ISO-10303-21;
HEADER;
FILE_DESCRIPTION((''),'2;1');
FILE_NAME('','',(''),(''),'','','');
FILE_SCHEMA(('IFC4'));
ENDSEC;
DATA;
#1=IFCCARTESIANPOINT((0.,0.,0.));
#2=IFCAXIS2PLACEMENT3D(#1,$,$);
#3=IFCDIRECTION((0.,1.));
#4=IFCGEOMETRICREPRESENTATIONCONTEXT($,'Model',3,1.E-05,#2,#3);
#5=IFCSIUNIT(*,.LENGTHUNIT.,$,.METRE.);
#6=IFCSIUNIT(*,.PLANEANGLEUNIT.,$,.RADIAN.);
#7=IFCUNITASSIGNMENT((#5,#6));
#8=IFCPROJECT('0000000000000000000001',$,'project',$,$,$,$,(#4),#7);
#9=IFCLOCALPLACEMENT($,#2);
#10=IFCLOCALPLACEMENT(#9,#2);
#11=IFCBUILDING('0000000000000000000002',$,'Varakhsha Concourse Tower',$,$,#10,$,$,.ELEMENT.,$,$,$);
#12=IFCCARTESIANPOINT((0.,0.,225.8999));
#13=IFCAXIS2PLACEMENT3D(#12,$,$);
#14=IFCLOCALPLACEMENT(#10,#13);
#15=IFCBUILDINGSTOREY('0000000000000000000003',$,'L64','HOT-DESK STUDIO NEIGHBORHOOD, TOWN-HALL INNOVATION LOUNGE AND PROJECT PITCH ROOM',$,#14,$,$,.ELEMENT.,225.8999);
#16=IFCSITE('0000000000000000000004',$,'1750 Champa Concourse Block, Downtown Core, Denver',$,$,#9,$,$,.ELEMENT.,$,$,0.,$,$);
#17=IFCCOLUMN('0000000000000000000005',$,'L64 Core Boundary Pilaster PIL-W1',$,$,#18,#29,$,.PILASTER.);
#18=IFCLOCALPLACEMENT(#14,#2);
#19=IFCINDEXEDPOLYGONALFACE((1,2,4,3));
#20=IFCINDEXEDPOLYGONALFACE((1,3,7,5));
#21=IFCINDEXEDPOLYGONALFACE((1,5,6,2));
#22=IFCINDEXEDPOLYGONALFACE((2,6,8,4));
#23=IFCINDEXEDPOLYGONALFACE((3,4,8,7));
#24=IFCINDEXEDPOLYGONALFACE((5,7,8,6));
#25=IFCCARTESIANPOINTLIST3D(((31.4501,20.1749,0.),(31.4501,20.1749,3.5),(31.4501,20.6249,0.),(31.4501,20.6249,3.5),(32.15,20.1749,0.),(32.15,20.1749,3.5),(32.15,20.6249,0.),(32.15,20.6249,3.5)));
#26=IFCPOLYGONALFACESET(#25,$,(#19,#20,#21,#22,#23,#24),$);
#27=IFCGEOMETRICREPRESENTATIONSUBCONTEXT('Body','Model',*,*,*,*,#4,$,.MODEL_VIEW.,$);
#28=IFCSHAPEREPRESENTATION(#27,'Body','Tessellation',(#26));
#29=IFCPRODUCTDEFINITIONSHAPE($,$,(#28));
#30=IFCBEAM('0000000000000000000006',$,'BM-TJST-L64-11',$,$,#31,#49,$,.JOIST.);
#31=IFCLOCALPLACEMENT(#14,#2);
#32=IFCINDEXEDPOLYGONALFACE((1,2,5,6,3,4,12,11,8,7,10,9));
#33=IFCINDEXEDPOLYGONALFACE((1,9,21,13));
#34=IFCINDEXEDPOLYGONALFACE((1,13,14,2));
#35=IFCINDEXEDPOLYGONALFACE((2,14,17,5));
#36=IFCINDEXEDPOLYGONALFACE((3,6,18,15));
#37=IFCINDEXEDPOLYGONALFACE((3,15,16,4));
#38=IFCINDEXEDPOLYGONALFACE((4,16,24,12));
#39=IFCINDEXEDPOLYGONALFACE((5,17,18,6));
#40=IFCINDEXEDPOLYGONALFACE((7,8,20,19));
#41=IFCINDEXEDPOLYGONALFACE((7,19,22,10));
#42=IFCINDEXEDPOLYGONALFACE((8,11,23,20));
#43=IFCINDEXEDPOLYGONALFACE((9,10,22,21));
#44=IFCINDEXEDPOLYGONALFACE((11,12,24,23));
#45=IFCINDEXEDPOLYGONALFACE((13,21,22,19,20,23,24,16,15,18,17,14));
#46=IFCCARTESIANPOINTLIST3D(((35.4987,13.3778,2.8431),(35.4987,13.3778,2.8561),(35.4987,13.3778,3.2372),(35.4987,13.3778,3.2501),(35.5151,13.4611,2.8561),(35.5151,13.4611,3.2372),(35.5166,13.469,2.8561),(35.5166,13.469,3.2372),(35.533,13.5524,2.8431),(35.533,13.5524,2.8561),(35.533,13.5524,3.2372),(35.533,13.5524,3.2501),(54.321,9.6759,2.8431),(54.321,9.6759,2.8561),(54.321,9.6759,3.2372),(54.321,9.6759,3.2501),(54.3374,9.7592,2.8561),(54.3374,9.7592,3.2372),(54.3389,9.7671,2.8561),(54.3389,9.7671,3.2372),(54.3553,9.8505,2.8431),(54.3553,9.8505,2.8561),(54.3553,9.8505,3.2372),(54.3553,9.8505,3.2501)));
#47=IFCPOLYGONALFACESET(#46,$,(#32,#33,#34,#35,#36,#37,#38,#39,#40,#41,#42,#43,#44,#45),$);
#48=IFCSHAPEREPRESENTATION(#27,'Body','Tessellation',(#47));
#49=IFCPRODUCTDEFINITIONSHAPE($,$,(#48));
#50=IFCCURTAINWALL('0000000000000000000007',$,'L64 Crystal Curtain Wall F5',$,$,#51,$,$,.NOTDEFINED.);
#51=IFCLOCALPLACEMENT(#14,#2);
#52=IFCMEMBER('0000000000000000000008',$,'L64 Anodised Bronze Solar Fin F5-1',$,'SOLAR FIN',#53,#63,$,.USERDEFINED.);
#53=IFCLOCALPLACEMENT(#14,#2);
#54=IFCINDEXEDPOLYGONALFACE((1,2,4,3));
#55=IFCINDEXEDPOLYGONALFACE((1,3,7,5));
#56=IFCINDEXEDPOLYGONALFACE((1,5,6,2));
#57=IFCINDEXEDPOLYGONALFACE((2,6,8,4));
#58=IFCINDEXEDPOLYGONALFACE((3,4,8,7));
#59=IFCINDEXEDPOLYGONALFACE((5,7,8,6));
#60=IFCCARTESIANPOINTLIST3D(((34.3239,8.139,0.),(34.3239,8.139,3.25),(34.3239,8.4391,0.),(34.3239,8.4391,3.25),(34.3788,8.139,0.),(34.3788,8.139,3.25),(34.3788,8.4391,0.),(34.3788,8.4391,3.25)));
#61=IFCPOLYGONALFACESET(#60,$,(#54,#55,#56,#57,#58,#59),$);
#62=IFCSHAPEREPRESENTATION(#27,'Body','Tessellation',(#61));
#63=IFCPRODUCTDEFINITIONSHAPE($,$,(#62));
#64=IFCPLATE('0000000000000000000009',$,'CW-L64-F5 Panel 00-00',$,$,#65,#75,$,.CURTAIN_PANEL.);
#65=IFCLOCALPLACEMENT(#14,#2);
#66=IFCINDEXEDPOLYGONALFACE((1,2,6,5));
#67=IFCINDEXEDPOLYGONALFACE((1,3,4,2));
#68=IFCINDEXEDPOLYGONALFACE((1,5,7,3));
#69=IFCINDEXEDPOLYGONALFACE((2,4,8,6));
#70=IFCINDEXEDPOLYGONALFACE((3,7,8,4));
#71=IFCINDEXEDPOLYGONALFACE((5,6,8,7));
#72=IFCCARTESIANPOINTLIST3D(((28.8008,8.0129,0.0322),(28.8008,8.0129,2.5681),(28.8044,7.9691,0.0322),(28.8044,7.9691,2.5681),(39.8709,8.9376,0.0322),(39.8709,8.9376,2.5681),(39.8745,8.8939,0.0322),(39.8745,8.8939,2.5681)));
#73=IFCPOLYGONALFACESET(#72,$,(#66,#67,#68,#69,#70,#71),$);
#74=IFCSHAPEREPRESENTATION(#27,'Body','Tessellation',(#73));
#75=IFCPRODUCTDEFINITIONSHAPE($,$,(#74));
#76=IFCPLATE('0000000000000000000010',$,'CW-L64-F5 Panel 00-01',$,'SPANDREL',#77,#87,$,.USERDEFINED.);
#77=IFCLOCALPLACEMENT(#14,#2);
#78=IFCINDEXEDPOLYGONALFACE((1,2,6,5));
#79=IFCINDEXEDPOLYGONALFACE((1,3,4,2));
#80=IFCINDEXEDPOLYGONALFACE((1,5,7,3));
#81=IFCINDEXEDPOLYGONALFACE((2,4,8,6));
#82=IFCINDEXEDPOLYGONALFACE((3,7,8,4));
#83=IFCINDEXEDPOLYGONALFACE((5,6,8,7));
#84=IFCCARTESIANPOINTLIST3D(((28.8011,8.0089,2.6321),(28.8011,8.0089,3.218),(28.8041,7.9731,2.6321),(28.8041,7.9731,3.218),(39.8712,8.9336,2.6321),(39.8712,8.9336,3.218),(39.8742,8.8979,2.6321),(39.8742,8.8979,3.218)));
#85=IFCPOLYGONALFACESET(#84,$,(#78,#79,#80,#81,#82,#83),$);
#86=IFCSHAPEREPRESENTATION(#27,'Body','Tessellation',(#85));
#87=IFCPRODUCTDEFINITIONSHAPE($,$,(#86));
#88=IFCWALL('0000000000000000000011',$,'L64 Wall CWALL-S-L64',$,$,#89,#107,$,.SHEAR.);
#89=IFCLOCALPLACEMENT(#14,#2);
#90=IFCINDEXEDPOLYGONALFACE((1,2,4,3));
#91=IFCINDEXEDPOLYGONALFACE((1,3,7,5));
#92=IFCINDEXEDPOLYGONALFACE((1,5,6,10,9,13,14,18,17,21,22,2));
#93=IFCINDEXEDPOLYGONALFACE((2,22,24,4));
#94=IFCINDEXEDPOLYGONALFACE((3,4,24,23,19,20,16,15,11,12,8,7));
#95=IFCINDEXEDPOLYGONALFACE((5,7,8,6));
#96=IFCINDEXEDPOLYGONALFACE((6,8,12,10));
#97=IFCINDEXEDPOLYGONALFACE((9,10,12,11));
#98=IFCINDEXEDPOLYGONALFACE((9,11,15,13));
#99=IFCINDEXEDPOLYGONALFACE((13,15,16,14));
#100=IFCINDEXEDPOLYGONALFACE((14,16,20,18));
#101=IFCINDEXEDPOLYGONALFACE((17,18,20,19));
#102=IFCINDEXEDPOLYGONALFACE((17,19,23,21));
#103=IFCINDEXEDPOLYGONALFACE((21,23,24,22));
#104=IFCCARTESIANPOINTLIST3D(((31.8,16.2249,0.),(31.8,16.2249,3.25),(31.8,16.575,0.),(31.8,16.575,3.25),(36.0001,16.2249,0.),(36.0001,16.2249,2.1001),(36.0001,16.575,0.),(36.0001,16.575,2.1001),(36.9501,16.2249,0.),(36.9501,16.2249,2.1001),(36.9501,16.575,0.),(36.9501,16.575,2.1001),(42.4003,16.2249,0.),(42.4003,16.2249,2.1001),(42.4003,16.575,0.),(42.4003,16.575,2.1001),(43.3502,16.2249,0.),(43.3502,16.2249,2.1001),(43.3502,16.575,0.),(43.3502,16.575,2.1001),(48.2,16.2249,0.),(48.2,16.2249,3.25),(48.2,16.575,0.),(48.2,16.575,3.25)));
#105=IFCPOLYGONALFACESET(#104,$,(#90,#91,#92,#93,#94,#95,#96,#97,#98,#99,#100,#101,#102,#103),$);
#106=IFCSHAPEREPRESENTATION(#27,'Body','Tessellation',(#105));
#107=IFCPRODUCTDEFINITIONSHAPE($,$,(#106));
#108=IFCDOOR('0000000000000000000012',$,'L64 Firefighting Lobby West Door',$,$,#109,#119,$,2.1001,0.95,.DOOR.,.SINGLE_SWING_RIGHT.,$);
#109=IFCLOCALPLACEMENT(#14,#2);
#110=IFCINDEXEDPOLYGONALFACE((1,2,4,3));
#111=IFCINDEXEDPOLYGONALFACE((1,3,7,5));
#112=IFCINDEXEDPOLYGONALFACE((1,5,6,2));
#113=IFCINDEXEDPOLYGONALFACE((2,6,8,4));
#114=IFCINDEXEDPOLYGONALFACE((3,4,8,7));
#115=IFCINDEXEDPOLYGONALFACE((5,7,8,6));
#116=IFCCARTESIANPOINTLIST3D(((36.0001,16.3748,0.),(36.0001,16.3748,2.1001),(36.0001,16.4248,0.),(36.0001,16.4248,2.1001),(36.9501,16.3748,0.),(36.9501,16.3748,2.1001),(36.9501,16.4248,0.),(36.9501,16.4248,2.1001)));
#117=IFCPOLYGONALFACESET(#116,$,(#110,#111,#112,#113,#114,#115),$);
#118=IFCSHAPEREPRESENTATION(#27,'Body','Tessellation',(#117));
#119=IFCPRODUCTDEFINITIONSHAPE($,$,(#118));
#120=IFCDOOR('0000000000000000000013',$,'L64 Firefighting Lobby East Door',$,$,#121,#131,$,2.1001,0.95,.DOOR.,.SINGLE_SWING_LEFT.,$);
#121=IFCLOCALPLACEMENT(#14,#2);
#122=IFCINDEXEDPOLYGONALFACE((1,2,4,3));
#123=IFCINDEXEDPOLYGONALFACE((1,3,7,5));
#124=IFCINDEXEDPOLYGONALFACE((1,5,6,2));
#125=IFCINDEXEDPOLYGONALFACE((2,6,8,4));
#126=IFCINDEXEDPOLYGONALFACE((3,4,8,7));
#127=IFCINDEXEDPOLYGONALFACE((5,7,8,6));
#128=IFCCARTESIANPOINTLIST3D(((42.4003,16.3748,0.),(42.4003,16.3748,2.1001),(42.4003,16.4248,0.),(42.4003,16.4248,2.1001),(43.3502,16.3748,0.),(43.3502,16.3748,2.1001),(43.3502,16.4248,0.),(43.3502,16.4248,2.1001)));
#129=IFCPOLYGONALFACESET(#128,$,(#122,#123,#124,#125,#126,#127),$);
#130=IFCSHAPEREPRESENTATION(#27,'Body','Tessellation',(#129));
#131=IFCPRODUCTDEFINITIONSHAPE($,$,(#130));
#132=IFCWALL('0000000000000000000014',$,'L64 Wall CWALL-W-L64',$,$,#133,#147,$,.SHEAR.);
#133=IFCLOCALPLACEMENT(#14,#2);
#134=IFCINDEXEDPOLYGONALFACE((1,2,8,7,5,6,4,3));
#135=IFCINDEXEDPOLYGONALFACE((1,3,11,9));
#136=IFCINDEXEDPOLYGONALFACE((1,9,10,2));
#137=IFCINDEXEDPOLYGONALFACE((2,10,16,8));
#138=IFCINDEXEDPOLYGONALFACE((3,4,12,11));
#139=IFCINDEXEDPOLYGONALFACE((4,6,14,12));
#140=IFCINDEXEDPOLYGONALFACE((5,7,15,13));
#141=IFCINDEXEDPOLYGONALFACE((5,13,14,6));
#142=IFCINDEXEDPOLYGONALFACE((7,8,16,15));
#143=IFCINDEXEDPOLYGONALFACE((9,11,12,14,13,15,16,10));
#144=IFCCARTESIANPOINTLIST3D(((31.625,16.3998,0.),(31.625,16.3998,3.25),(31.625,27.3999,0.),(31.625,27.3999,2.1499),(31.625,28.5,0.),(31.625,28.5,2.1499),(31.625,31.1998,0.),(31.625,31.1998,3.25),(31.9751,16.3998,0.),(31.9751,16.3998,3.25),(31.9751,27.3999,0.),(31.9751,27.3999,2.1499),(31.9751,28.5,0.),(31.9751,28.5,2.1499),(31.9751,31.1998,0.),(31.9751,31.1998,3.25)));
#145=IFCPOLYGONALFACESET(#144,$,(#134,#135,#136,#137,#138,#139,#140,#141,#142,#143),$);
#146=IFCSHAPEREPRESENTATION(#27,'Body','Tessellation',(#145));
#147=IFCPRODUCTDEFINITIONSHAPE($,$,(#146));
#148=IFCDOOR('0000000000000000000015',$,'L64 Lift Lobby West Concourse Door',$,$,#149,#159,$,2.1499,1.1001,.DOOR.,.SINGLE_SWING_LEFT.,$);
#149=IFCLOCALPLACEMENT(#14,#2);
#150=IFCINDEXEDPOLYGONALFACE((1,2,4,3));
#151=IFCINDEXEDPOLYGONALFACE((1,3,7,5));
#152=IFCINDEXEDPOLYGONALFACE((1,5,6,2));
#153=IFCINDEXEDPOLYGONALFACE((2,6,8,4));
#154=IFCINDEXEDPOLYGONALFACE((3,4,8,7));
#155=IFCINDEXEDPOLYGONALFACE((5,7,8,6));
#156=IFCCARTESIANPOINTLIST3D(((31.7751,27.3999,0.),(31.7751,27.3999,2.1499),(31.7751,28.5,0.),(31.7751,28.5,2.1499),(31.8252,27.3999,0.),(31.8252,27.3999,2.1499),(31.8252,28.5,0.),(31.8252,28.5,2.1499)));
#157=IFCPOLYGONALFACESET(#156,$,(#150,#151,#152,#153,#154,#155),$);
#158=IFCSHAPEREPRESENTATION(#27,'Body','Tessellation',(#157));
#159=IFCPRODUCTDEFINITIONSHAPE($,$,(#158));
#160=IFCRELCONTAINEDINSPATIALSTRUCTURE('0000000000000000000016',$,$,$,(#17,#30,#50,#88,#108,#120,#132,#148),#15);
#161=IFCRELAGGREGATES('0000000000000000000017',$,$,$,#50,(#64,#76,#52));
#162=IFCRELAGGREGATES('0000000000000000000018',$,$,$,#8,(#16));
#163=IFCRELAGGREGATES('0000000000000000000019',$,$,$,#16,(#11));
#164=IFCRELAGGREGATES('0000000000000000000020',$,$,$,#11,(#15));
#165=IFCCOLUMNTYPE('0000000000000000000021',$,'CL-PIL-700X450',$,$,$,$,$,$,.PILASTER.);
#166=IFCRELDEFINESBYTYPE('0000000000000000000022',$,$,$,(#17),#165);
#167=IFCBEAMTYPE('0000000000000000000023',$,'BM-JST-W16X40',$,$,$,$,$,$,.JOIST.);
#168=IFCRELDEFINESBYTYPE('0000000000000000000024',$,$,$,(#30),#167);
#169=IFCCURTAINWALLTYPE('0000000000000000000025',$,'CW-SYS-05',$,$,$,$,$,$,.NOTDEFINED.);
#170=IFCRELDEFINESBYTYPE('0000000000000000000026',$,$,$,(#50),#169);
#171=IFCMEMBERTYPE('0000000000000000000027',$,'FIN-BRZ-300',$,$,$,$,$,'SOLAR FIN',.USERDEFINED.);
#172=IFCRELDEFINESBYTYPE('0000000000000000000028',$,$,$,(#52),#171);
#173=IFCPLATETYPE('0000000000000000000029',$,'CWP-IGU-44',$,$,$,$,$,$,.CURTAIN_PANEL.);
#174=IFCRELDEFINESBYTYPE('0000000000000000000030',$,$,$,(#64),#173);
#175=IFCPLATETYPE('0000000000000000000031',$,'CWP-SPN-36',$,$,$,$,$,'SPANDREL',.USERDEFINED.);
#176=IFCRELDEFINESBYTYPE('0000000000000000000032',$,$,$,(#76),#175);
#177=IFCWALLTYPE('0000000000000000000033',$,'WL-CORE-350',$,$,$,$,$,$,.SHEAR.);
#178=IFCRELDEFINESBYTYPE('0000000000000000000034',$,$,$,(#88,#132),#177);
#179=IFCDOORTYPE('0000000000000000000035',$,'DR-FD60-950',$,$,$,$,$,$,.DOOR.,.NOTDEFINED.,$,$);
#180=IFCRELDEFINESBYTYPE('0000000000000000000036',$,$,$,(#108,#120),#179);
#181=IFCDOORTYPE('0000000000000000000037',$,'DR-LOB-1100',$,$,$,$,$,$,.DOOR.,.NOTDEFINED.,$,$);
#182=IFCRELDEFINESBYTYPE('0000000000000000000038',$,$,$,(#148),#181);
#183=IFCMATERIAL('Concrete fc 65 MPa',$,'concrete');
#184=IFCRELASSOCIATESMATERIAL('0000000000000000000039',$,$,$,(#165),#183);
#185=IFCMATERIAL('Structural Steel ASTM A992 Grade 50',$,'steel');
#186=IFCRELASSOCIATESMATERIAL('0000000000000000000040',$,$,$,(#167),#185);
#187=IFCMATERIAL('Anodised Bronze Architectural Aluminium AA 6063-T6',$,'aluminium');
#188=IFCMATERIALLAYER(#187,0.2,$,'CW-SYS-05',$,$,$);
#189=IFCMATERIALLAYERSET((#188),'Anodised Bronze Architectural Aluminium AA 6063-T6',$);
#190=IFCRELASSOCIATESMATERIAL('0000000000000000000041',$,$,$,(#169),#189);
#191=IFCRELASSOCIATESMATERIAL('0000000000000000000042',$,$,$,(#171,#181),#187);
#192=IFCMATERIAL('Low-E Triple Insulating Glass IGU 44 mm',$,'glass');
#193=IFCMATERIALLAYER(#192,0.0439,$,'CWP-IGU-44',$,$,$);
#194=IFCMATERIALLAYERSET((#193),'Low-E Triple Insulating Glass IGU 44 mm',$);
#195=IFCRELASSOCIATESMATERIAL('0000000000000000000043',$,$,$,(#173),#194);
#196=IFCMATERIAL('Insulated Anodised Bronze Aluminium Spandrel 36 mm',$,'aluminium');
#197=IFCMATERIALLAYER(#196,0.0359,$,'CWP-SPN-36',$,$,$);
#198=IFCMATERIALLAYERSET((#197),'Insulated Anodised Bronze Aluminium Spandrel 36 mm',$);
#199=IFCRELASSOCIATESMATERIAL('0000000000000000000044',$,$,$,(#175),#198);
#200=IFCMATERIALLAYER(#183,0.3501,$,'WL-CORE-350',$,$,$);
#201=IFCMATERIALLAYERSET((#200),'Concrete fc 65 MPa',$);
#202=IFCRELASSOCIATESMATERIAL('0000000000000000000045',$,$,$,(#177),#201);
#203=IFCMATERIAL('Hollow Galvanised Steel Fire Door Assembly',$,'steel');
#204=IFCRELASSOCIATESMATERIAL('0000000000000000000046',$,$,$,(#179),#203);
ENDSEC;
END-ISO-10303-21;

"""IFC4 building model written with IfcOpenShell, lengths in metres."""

from ifc_helpers import new_model, si_unit, direction, frame, frame_2d, origin, origin_2d, place, context, subcontext, project, spatial, rectangle, i_section, extrude, source, transform, mapped, material, layer, layer_set, material_profile, profile_set, type_object, type_shapes, element, fill, aggregate, save


model = new_model("IFC4")

# Units and contexts
model_context = context("Model", 3, precision=1e-05, world=origin(), true_north=direction((0.0, 1.0)))
body_context = subcontext(model_context, "Body", "Model", "MODEL_VIEW")
ifc_project = project(units=[si_unit("LENGTHUNIT", "METRE"), si_unit("PLANEANGLEUNIT", "RADIAN")], contexts=[model_context])

# Site, building, storey
site_placement = place(None, origin())
site = spatial("IfcSite", under=ifc_project, at=site_placement, Name="1750 Champa Concourse Block, Downtown Core, Denver", CompositionType="ELEMENT", RefElevation=0.0)
building_placement = place(site_placement, origin())
building = spatial("IfcBuilding", under=site, at=building_placement, Name="Varakhsha Concourse Tower", CompositionType="ELEMENT")
storey_placement = place(building_placement, frame((0.0, 0.0, 225.8999)))
storey = spatial("IfcBuildingStorey", under=building, at=storey_placement, Name="L64", Description="HOT-DESK STUDIO NEIGHBORHOOD, TOWN-HALL INNOVATION LOUNGE AND PROJECT PITCH ROOM", CompositionType="ELEMENT", Elevation=225.8999)

# Column
ifc_material_1 = material(Name="Concrete fc 65 MPa", Category="concrete")
ifc_material_profile_1 = material_profile(ifc_material_1, rectangle(XDim=0.7, YDim=0.45, at=origin_2d()), Name="RC 700x450")
ifc_profile_set_1 = profile_set([ifc_material_profile_1], Name="Concrete fc 65 MPa")
column_type = type_object("IfcColumnType", Name="CL-PIL-700X450", PredefinedType="PILASTER", material=ifc_profile_set_1)
column_placement = place(storey_placement, frame((31.8, 20.3999, 0.0), z_axis=(0.0, 0.0, 1.0), x_axis=(1.0, 0.0, 0.0)))
element("IfcColumn", 1, at=column_placement, inside=storey, type_object=column_type, Name="L64 Core Boundary Pilaster PIL-W1", PredefinedType="PILASTER", context=body_context, shape_type="SweptSolid", body=[
    extrude(rectangle(XDim=0.7, YDim=0.45, at=origin_2d()), origin(), (0.0, 0.0, 1.0), 3.5),
])

# Beam
ifc_material_2 = material(Name="Structural Steel ASTM A992 Grade 50", Category="steel")
ifc_material_profile_2 = material_profile(ifc_material_2, i_section(OverallWidth=0.178, OverallDepth=0.407, WebThickness=0.0081, FlangeThickness=0.0129, at=origin_2d()), Name="W16X40")
ifc_profile_set_2 = profile_set([ifc_material_profile_2], Name="Structural Steel ASTM A992 Grade 50")
beam_type = type_object("IfcBeamType", Name="BM-JST-W16X40", PredefinedType="JOIST", material=ifc_profile_set_2)
beam_placement = place(storey_placement, frame((35.5159, 13.4651, 3.0466), z_axis=(0.981203, -0.19298, 0.0), x_axis=(0.19298, 0.981203, 0.0)))
element("IfcBeam", 2, at=beam_placement, inside=storey, type_object=beam_type, Name="BM-TJST-L64-11", PredefinedType="JOIST", context=body_context, shape_type="SweptSolid", body=[
    extrude(i_section(OverallWidth=0.178, OverallDepth=0.407, WebThickness=0.0081, FlangeThickness=0.0129, at=origin_2d()), origin(), (0.0, 0.0, 1.0), 19.1829),
])

# Curtain wall, member, plates
ifc_material_3 = material(Name="Anodised Bronze Architectural Aluminium AA 6063-T6", Category="aluminium")
ifc_layer_1 = layer(ifc_material_3, 0.2, Name="CW-SYS-05")
ifc_layer_set_1 = layer_set([ifc_layer_1], Name="Anodised Bronze Architectural Aluminium AA 6063-T6")
curtain_wall_type = type_object("IfcCurtainWallType", Name="CW-SYS-05", PredefinedType="NOTDEFINED", material=ifc_layer_set_1)
curtain_wall_placement = place(storey_placement, origin())
curtain_wall = element("IfcCurtainWall", 3, at=curtain_wall_placement, inside=storey, type_object=curtain_wall_type, Name="L64 Crystal Curtain Wall F5", PredefinedType="NOTDEFINED")
ifc_material_profile_3 = material_profile(ifc_material_3, rectangle(XDim=0.0549, YDim=0.3, at=origin_2d()), Name="FIN-BRZ-300")
ifc_profile_set_3 = profile_set([ifc_material_profile_3], Name="Anodised Bronze Architectural Aluminium AA 6063-T6")
member_type = type_object("IfcMemberType", Name="FIN-BRZ-300", ElementType="SOLAR FIN", PredefinedType="USERDEFINED", material=ifc_profile_set_3)
shared_shape_1 = source(origin(), body_context, "Body", "SweptSolid", [
    extrude(rectangle(XDim=0.0549, YDim=0.3, at=origin_2d()), origin(), (0.0, 0.0, 1.0), 3.25),
])
type_shapes(member_type, [shared_shape_1])
member_placement = place(storey_placement, frame((34.3513, 8.2891, 0.0), z_axis=(0.0, 0.0, 1.0), x_axis=(1.0, 0.0, 0.0)))
member = element("IfcMember", 4, at=member_placement, type_object=member_type, Name="L64 Anodised Bronze Solar Fin F5-1", ObjectType="SOLAR FIN", PredefinedType="USERDEFINED", context=body_context, shape_type="MappedRepresentation", body=[
    mapped(shared_shape_1, transform((0.0, 0.0, 0.0), scale=1.0)),
])
ifc_material_4 = material(Name="Low-E Triple Insulating Glass IGU 44 mm", Category="glass")
ifc_layer_2 = layer(ifc_material_4, 0.0439, Name="CWP-IGU-44")
ifc_layer_set_2 = layer_set([ifc_layer_2], Name="Low-E Triple Insulating Glass IGU 44 mm")
plate_type_1 = type_object("IfcPlateType", Name="CWP-IGU-44", PredefinedType="CURTAIN_PANEL", material=ifc_layer_set_2)
shared_shape_2 = source(origin(), body_context, "Body", "SweptSolid", [
    extrude(rectangle(XDim=11.1086, YDim=0.0439, at=origin_2d()), origin(), (0.0, 0.0, 1.0), 2.5359),
])
type_shapes(plate_type_1, [shared_shape_2])
plate_1_placement = place(storey_placement, frame((34.3376, 8.4534, 0.0322), z_axis=(0.0, 0.0, 1.0), x_axis=(-0.996529, -0.083247, 0.0)))
plate_1 = element("IfcPlate", 5, at=plate_1_placement, type_object=plate_type_1, Name="CW-L64-F5 Panel 00-00", PredefinedType="CURTAIN_PANEL", context=body_context, shape_type="MappedRepresentation", body=[
    mapped(shared_shape_2, transform((0.0, 0.0, 0.0), scale=1.0)),
])
ifc_material_5 = material(Name="Insulated Anodised Bronze Aluminium Spandrel 36 mm", Category="aluminium")
ifc_layer_3 = layer(ifc_material_5, 0.0359, Name="CWP-SPN-36")
ifc_layer_set_3 = layer_set([ifc_layer_3], Name="Insulated Anodised Bronze Aluminium Spandrel 36 mm")
plate_type_2 = type_object("IfcPlateType", Name="CWP-SPN-36", ElementType="SPANDREL", PredefinedType="USERDEFINED", material=ifc_layer_set_3)
shared_shape_3 = source(origin(), body_context, "Body", "SweptSolid", [
    extrude(rectangle(XDim=11.1086, YDim=0.0359, at=origin_2d()), origin(), (0.0, 0.0, 1.0), 0.5859),
])
type_shapes(plate_type_2, [shared_shape_3])
plate_2_placement = place(storey_placement, frame((34.3376, 8.4534, 2.6321), z_axis=(0.0, 0.0, 1.0), x_axis=(-0.996529, -0.083247, 0.0)))
plate_2 = element("IfcPlate", 6, at=plate_2_placement, type_object=plate_type_2, Name="CW-L64-F5 Panel 00-01", ObjectType="SPANDREL", PredefinedType="USERDEFINED", context=body_context, shape_type="MappedRepresentation", body=[
    mapped(shared_shape_3, transform((0.0, 0.0, 0.0), scale=1.0)),
])
aggregate(curtain_wall, [plate_1, plate_2, member])

# Wall, openings, doors
ifc_layer_4 = layer(ifc_material_1, 0.3501, Name="WL-CORE-350")
ifc_layer_set_4 = layer_set([ifc_layer_4], Name="Concrete fc 65 MPa")
wall_type_1 = type_object("IfcWallType", Name="WL-CORE-350", PredefinedType="SHEAR", material=ifc_layer_set_4)
wall_1_placement = place(storey_placement, frame((31.8, 16.3999, 0.0), z_axis=(0.0, 0.0, 1.0), x_axis=(1.0, 0.0, 0.0)))
wall_1 = element("IfcWall", 7, at=wall_1_placement, inside=storey, type_object=wall_type_1, Name="L64 Wall CWALL-S-L64", PredefinedType="SHEAR", context=body_context, shape_type="SweptSolid", body=[
    extrude(rectangle(XDim=16.3999, YDim=0.3501, at=frame_2d((8.2, 0.0))), origin(), (0.0, 0.0, 1.0), 3.25),
])
opening_1_placement = place(wall_1_placement, frame((4.2, 0.0, 0.0)))
opening_1 = element("IfcOpeningElement", 8, at=opening_1_placement, cuts=wall_1, PredefinedType="OPENING", context=body_context, shape_type="SweptSolid", body=[
    extrude(rectangle(XDim=0.95, YDim=2.1001, at=frame_2d((0.4751, 1.05))), frame((0.0, 0.1851, 0.0), z_axis=(0.0, -1.0, 0.0), x_axis=(1.0, 0.0, 0.0)), (0.0, 0.0, 1.0), 0.3701),
])
opening_2_placement = place(wall_1_placement, frame((10.6001, 0.0, 0.0)))
opening_2 = element("IfcOpeningElement", 9, at=opening_2_placement, cuts=wall_1, PredefinedType="OPENING", context=body_context, shape_type="SweptSolid", body=[
    extrude(rectangle(XDim=0.95, YDim=2.1001, at=frame_2d((0.4751, 1.05))), frame((0.0, 0.1851, 0.0), z_axis=(0.0, -1.0, 0.0), x_axis=(1.0, 0.0, 0.0)), (0.0, 0.0, 1.0), 0.3701),
])
ifc_material_6 = material(Name="Hollow Galvanised Steel Fire Door Assembly", Category="steel")
door_type_1 = type_object("IfcDoorType", Name="DR-FD60-950", OperationType="NOTDEFINED", PredefinedType="DOOR", material=ifc_material_6)
door_1_placement = place(opening_1_placement, origin())
door_1 = element("IfcDoor", 10, at=door_1_placement, inside=storey, type_object=door_type_1, Name="L64 Firefighting Lobby West Door", OperationType="SINGLE_SWING_RIGHT", OverallHeight=2.1001, OverallWidth=0.95, PredefinedType="DOOR", context=body_context, shape_type="SweptSolid", body=[
    extrude(rectangle(XDim=0.95, YDim=2.1001, at=frame_2d((0.4751, 1.05))), frame((0.0, 0.0249, 0.0), z_axis=(0.0, -1.0, 0.0), x_axis=(1.0, 0.0, 0.0)), (0.0, 0.0, 1.0), 0.05),
])
fill(opening_1, door_1)
door_2_placement = place(opening_2_placement, origin())
door_2 = element("IfcDoor", 11, at=door_2_placement, inside=storey, type_object=door_type_1, Name="L64 Firefighting Lobby East Door", OperationType="SINGLE_SWING_LEFT", OverallHeight=2.1001, OverallWidth=0.95, PredefinedType="DOOR", context=body_context, shape_type="SweptSolid", body=[
    extrude(rectangle(XDim=0.95, YDim=2.1001, at=frame_2d((0.4751, 1.05))), frame((0.0, 0.0249, 0.0), z_axis=(0.0, -1.0, 0.0), x_axis=(1.0, 0.0, 0.0)), (0.0, 0.0, 1.0), 0.05),
])
fill(opening_2, door_2)

# Wall, opening, door
wall_2_placement = place(storey_placement, frame((31.8, 16.3999, 0.0), z_axis=(0.0, 0.0, 1.0), x_axis=(0.0, 1.0, 0.0)))
wall_2 = element("IfcWall", 12, at=wall_2_placement, inside=storey, type_object=wall_type_1, Name="L64 Wall CWALL-W-L64", PredefinedType="SHEAR", context=body_context, shape_type="SweptSolid", body=[
    extrude(rectangle(XDim=14.8, YDim=0.3501, at=frame_2d((7.3999, 0.0))), origin(), (0.0, 0.0, 1.0), 3.25),
])
opening_3_placement = place(wall_2_placement, frame((11.0, 0.0, 0.0)))
opening_3 = element("IfcOpeningElement", 13, at=opening_3_placement, cuts=wall_2, PredefinedType="OPENING", context=body_context, shape_type="SweptSolid", body=[
    extrude(rectangle(XDim=1.1001, YDim=2.1499, at=frame_2d((0.55, 1.075))), frame((0.0, 0.1851, 0.0), z_axis=(0.0, -1.0, 0.0), x_axis=(1.0, 0.0, 0.0)), (0.0, 0.0, 1.0), 0.3701),
])
door_type_2 = type_object("IfcDoorType", Name="DR-LOB-1100", OperationType="NOTDEFINED", PredefinedType="DOOR", material=ifc_material_3)
door_3_placement = place(opening_3_placement, origin())
door_3 = element("IfcDoor", 14, at=door_3_placement, inside=storey, type_object=door_type_2, Name="L64 Lift Lobby West Concourse Door", OperationType="SINGLE_SWING_LEFT", OverallHeight=2.1499, OverallWidth=1.1001, PredefinedType="DOOR", context=body_context, shape_type="SweptSolid", body=[
    extrude(rectangle(XDim=1.1001, YDim=2.1499, at=frame_2d((0.55, 1.075))), frame((0.0, 0.0249, 0.0), z_axis=(0.0, -1.0, 0.0), x_axis=(1.0, 0.0, 0.0)), (0.0, 0.0, 1.0), 0.05),
])
fill(opening_3, door_3)

save(model, "model.ifc")
